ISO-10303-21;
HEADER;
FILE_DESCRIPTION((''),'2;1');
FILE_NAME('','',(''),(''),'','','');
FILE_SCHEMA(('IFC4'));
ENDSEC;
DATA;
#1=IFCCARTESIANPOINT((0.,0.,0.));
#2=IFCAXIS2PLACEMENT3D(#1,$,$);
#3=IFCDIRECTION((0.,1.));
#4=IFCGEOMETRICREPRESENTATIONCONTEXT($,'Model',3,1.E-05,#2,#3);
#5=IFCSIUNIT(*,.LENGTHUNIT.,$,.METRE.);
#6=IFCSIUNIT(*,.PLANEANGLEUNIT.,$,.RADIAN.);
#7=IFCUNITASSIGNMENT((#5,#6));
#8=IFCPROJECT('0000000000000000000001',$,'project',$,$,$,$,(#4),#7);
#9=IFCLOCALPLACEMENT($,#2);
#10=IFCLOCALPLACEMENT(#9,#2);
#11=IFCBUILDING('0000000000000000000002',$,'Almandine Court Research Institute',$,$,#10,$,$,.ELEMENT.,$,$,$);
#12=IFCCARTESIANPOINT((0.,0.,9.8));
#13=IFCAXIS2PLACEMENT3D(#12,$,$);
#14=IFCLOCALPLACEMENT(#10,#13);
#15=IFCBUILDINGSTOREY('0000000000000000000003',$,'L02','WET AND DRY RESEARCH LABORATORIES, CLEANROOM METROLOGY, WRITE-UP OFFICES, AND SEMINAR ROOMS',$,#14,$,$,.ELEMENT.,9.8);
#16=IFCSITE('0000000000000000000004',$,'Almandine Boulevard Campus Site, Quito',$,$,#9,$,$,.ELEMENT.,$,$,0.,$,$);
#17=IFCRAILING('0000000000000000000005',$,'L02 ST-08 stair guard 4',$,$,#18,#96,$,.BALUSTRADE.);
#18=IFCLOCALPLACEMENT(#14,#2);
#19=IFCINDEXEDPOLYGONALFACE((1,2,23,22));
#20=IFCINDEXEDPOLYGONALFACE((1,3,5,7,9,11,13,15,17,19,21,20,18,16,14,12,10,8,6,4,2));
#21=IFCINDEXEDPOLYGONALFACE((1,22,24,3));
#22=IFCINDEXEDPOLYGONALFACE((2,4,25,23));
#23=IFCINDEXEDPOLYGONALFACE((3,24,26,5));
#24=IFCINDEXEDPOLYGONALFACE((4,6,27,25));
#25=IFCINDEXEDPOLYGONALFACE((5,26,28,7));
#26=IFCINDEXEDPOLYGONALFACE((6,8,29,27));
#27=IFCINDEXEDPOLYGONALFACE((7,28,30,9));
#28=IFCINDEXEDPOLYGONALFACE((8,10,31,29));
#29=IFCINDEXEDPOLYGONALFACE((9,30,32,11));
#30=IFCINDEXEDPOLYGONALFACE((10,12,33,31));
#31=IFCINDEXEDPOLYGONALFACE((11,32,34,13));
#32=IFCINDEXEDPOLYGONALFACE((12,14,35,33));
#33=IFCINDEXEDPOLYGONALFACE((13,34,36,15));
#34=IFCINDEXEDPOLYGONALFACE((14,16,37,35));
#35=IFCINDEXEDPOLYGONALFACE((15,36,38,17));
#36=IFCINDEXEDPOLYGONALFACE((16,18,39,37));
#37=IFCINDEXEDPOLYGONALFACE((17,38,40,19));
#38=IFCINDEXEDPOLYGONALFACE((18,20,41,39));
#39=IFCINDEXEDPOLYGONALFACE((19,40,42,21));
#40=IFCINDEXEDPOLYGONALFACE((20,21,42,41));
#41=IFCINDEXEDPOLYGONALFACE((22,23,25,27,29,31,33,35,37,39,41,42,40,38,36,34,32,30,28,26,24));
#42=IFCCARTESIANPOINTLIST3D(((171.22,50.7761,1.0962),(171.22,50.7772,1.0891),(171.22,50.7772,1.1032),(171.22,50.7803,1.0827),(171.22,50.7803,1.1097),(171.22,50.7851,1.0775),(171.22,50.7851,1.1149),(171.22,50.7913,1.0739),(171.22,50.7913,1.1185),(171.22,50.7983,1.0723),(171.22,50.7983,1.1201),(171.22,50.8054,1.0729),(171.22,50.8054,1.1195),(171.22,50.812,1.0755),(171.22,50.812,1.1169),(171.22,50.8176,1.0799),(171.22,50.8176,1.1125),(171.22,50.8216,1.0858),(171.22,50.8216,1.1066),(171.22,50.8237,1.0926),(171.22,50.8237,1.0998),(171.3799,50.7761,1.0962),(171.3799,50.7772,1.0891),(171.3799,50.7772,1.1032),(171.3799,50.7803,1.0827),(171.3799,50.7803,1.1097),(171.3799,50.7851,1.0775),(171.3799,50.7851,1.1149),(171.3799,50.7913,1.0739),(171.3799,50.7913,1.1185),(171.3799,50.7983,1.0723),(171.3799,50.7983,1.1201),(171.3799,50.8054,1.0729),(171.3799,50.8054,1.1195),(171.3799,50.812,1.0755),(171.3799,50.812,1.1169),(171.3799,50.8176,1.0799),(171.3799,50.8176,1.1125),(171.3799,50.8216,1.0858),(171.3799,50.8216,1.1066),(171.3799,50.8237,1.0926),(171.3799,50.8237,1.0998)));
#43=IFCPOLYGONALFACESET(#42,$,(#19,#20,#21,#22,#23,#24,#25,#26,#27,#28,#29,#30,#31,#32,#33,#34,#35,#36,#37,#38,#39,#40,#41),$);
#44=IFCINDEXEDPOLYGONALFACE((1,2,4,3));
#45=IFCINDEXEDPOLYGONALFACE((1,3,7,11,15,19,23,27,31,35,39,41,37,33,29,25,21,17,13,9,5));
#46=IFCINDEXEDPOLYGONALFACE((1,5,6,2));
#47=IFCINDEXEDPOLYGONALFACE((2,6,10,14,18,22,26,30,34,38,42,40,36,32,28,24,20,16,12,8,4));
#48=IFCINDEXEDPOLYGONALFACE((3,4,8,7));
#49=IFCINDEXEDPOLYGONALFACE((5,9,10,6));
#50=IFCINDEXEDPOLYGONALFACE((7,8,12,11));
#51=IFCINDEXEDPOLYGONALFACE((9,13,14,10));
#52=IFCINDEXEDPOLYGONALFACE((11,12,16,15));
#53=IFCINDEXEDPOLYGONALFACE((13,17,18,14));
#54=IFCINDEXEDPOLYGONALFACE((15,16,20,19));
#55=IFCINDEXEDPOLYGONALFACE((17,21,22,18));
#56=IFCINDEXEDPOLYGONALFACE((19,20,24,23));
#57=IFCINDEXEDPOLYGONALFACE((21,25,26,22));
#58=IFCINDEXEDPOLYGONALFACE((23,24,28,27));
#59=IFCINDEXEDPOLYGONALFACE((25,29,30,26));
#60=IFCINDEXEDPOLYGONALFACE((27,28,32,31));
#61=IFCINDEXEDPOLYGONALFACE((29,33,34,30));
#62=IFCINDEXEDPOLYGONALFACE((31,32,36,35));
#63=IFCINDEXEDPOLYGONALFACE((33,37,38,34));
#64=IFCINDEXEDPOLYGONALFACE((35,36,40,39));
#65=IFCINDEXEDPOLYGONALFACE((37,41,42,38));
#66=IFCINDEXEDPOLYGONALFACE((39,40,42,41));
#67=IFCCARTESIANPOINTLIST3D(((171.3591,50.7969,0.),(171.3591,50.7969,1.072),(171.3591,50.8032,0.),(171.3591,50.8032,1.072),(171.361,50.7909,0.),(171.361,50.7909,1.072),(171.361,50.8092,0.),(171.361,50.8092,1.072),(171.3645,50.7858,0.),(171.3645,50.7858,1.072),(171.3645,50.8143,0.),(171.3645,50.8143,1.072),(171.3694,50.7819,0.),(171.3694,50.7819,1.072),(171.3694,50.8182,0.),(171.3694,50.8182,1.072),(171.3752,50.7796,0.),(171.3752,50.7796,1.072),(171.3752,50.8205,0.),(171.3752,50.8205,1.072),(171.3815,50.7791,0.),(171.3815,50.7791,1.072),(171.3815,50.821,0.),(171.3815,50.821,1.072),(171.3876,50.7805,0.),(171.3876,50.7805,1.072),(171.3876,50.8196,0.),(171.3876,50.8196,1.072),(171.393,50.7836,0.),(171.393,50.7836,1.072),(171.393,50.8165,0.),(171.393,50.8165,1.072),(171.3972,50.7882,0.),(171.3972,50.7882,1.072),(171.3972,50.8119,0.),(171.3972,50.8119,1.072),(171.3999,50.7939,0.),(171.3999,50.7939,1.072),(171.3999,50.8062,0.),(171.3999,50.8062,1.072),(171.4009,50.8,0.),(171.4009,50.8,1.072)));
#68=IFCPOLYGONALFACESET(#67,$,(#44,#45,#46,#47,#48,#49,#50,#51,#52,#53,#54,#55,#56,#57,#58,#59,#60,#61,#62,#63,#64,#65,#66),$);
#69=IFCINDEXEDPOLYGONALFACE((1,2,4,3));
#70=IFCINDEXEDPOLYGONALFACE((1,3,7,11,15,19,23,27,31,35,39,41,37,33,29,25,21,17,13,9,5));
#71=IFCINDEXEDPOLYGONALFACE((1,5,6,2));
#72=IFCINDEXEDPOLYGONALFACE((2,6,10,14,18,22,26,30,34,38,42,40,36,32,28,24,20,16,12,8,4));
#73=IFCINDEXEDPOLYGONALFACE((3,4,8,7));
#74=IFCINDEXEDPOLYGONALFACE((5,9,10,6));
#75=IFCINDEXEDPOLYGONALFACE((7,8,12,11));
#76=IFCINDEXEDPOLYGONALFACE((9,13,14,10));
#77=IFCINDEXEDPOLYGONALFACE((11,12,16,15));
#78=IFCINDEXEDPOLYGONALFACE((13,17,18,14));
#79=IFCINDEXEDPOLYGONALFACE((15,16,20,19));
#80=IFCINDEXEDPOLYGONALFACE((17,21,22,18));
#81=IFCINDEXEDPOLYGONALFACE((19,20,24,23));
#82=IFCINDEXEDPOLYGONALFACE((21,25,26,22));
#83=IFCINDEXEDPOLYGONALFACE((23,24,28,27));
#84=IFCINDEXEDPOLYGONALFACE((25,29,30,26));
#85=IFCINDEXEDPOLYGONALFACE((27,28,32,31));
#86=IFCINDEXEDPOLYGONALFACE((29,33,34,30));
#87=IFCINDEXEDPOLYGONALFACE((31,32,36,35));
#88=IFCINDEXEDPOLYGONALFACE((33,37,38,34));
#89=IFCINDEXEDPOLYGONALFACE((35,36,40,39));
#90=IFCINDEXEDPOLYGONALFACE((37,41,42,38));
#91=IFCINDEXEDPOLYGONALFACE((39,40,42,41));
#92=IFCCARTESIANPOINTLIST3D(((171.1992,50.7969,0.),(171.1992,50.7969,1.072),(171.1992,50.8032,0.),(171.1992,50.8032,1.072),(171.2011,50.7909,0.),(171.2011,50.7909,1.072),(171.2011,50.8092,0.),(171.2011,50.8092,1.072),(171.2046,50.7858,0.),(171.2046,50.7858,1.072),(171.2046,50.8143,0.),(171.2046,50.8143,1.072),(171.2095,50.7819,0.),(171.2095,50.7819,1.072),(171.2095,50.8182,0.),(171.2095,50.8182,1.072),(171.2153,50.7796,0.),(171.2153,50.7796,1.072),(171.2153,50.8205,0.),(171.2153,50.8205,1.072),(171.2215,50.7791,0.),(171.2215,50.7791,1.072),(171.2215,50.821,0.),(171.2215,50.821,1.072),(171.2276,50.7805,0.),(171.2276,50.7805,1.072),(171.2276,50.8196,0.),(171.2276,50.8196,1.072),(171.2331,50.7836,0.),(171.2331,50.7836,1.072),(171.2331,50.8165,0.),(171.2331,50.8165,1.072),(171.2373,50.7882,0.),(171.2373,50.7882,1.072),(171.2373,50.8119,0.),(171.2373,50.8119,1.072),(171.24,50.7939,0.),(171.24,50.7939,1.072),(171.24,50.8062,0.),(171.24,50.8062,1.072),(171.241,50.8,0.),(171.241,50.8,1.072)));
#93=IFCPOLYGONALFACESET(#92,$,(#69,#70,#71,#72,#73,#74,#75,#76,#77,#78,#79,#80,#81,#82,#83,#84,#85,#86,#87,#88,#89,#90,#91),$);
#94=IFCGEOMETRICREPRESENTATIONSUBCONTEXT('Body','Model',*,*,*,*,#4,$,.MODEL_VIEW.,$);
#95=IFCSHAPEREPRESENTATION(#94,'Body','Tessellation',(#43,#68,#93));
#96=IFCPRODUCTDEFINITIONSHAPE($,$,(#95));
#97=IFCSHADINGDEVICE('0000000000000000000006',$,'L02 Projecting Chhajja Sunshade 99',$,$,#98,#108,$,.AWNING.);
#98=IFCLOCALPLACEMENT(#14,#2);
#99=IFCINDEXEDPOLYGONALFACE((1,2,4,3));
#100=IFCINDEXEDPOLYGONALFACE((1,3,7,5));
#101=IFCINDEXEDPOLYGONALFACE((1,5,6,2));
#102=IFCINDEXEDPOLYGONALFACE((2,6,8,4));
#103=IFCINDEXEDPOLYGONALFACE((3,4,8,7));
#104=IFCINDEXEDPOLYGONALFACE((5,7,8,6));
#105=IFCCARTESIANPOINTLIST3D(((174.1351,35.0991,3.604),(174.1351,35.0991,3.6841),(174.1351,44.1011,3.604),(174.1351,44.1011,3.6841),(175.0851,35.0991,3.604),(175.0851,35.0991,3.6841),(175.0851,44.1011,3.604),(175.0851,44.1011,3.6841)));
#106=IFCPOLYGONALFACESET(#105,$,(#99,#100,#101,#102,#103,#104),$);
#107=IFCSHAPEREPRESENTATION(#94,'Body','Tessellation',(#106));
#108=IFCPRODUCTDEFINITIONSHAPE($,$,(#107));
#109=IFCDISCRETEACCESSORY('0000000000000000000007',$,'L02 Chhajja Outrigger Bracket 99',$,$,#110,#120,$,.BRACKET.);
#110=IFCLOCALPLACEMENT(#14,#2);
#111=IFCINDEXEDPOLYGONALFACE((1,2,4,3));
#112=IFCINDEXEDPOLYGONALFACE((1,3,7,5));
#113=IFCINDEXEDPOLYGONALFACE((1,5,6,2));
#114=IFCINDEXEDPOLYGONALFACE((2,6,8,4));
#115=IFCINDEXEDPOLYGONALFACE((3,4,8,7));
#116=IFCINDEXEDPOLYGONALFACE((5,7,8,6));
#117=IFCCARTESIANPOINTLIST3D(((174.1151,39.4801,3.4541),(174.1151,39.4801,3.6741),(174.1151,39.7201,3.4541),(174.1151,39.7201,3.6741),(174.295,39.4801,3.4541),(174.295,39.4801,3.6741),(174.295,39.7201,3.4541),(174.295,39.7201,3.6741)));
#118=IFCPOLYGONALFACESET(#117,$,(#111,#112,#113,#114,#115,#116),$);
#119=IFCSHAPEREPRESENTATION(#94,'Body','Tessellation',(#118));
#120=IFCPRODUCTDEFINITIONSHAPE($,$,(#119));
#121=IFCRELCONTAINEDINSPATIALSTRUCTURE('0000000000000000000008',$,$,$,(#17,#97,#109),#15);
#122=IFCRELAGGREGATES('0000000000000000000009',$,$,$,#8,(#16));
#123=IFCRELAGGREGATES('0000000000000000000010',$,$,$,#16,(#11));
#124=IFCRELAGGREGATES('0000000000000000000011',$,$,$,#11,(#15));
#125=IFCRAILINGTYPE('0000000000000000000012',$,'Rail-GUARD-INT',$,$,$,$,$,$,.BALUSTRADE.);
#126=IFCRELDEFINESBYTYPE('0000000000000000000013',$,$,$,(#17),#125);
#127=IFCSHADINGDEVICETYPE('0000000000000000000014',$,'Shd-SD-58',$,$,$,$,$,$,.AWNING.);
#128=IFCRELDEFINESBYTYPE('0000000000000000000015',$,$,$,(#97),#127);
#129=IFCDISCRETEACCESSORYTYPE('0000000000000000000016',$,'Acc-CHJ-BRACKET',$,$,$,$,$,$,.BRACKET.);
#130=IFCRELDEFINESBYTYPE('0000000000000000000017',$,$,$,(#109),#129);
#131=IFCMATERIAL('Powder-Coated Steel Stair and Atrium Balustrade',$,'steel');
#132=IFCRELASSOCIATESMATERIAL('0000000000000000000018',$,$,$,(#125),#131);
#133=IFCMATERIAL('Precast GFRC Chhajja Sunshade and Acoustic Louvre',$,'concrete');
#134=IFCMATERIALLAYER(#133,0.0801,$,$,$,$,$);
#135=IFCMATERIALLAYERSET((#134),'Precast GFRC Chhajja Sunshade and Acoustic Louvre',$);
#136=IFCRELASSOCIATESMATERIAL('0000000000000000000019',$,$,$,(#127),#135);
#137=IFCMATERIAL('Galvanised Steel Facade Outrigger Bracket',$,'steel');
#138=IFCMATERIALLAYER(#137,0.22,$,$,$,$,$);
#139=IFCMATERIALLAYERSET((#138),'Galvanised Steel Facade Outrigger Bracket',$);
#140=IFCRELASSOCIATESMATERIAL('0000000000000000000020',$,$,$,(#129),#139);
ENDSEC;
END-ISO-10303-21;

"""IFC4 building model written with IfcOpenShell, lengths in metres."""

from ifc_helpers import new_model, si_unit, direction, frame, origin, origin_2d, place, context, subcontext, project, spatial, rectangle, circle, extrude, material, layer, layer_set, type_object, element, save


model = new_model("IFC4")

# Units and contexts
model_context = context("Model", 3, precision=1e-05, world=origin(), true_north=direction((0.0, 1.0)))
body_context = subcontext(model_context, "Body", "Model", "MODEL_VIEW")
ifc_project = project(units=[si_unit("LENGTHUNIT", "METRE"), si_unit("PLANEANGLEUNIT", "RADIAN")], contexts=[model_context])

# Site, building, storey
site_placement = place(None, origin())
site = spatial("IfcSite", under=ifc_project, at=site_placement, Name="Almandine Boulevard Campus Site, Quito", CompositionType="ELEMENT", RefElevation=0.0)
building_placement = place(site_placement, origin())
building = spatial("IfcBuilding", under=site, at=building_placement, Name="Almandine Court Research Institute", CompositionType="ELEMENT")
storey_placement = place(building_placement, frame((0.0, 0.0, 9.8)))
storey = spatial("IfcBuildingStorey", under=building, at=storey_placement, Name="L02", Description="WET AND DRY RESEARCH LABORATORIES, CLEANROOM METROLOGY, WRITE-UP OFFICES, AND SEMINAR ROOMS", CompositionType="ELEMENT", Elevation=9.8)

# Railing
ifc_material_1 = material(Name="Powder-Coated Steel Stair and Atrium Balustrade", Category="steel")
railing_type = type_object("IfcRailingType", Name="Rail-GUARD-INT", PredefinedType="BALUSTRADE", material=ifc_material_1)
railing_placement = place(storey_placement, frame((171.3799, 50.8, 0.0)))
element("IfcRailing", 1, at=railing_placement, inside=storey, type_object=railing_type, Name="L02 ST-08 stair guard 4", PredefinedType="BALUSTRADE", context=body_context, shape_type="SweptSolid", body=[
    extrude(circle(Radius=0.0239, at=origin_2d()), frame((0.0, 0.0, 1.0962), z_axis=(-1.0, 0.0, 0.0), x_axis=(0.0, -1.0, 0.0)), (0.0, 0.0, 1.0), 0.1599),
    extrude(circle(Radius=0.021, at=origin_2d()), origin(), (0.0, 0.0, 1.0), 1.072),
    extrude(circle(Radius=0.021, at=origin_2d()), frame((-0.1599, 0.0, 0.0)), (0.0, 0.0, 1.0), 1.072),
])

# Shading device
ifc_material_2 = material(Name="Precast GFRC Chhajja Sunshade and Acoustic Louvre", Category="concrete")
ifc_layer_1 = layer(ifc_material_2, 0.0801)
ifc_layer_set_1 = layer_set([ifc_layer_1], Name="Precast GFRC Chhajja Sunshade and Acoustic Louvre")
shading_device_type = type_object("IfcShadingDeviceType", Name="Shd-SD-58", PredefinedType="AWNING", material=ifc_layer_set_1)
shading_device_placement = place(storey_placement, frame((174.6101, 39.6001, 3.604), z_axis=(0.0, 0.0, 1.0), x_axis=(0.0, -1.0, 0.0)))
element("IfcShadingDevice", 2, at=shading_device_placement, inside=storey, type_object=shading_device_type, Name="L02 Projecting Chhajja Sunshade 99", PredefinedType="AWNING", context=body_context, shape_type="SweptSolid", body=[
    extrude(rectangle(XDim=9.002, YDim=0.95, at=origin_2d()), origin(), (0.0, 0.0, 1.0), 0.0801),
])

# Discrete accessory
ifc_material_3 = material(Name="Galvanised Steel Facade Outrigger Bracket", Category="steel")
ifc_layer_2 = layer(ifc_material_3, 0.22)
ifc_layer_set_2 = layer_set([ifc_layer_2], Name="Galvanised Steel Facade Outrigger Bracket")
discrete_accessory_type = type_object("IfcDiscreteAccessoryType", Name="Acc-CHJ-BRACKET", PredefinedType="BRACKET", material=ifc_layer_set_2)
discrete_accessory_placement = place(storey_placement, frame((174.2051, 39.6001, 3.4541), z_axis=(0.0, 0.0, 1.0), x_axis=(0.0, -1.0, 0.0)))
element("IfcDiscreteAccessory", 3, at=discrete_accessory_placement, inside=storey, type_object=discrete_accessory_type, Name="L02 Chhajja Outrigger Bracket 99", PredefinedType="BRACKET", context=body_context, shape_type="SweptSolid", body=[
    extrude(rectangle(XDim=0.24, YDim=0.1799, at=origin_2d()), origin(), (0.0, 0.0, 1.0), 0.22),
])

save(model, "model.ifc")
